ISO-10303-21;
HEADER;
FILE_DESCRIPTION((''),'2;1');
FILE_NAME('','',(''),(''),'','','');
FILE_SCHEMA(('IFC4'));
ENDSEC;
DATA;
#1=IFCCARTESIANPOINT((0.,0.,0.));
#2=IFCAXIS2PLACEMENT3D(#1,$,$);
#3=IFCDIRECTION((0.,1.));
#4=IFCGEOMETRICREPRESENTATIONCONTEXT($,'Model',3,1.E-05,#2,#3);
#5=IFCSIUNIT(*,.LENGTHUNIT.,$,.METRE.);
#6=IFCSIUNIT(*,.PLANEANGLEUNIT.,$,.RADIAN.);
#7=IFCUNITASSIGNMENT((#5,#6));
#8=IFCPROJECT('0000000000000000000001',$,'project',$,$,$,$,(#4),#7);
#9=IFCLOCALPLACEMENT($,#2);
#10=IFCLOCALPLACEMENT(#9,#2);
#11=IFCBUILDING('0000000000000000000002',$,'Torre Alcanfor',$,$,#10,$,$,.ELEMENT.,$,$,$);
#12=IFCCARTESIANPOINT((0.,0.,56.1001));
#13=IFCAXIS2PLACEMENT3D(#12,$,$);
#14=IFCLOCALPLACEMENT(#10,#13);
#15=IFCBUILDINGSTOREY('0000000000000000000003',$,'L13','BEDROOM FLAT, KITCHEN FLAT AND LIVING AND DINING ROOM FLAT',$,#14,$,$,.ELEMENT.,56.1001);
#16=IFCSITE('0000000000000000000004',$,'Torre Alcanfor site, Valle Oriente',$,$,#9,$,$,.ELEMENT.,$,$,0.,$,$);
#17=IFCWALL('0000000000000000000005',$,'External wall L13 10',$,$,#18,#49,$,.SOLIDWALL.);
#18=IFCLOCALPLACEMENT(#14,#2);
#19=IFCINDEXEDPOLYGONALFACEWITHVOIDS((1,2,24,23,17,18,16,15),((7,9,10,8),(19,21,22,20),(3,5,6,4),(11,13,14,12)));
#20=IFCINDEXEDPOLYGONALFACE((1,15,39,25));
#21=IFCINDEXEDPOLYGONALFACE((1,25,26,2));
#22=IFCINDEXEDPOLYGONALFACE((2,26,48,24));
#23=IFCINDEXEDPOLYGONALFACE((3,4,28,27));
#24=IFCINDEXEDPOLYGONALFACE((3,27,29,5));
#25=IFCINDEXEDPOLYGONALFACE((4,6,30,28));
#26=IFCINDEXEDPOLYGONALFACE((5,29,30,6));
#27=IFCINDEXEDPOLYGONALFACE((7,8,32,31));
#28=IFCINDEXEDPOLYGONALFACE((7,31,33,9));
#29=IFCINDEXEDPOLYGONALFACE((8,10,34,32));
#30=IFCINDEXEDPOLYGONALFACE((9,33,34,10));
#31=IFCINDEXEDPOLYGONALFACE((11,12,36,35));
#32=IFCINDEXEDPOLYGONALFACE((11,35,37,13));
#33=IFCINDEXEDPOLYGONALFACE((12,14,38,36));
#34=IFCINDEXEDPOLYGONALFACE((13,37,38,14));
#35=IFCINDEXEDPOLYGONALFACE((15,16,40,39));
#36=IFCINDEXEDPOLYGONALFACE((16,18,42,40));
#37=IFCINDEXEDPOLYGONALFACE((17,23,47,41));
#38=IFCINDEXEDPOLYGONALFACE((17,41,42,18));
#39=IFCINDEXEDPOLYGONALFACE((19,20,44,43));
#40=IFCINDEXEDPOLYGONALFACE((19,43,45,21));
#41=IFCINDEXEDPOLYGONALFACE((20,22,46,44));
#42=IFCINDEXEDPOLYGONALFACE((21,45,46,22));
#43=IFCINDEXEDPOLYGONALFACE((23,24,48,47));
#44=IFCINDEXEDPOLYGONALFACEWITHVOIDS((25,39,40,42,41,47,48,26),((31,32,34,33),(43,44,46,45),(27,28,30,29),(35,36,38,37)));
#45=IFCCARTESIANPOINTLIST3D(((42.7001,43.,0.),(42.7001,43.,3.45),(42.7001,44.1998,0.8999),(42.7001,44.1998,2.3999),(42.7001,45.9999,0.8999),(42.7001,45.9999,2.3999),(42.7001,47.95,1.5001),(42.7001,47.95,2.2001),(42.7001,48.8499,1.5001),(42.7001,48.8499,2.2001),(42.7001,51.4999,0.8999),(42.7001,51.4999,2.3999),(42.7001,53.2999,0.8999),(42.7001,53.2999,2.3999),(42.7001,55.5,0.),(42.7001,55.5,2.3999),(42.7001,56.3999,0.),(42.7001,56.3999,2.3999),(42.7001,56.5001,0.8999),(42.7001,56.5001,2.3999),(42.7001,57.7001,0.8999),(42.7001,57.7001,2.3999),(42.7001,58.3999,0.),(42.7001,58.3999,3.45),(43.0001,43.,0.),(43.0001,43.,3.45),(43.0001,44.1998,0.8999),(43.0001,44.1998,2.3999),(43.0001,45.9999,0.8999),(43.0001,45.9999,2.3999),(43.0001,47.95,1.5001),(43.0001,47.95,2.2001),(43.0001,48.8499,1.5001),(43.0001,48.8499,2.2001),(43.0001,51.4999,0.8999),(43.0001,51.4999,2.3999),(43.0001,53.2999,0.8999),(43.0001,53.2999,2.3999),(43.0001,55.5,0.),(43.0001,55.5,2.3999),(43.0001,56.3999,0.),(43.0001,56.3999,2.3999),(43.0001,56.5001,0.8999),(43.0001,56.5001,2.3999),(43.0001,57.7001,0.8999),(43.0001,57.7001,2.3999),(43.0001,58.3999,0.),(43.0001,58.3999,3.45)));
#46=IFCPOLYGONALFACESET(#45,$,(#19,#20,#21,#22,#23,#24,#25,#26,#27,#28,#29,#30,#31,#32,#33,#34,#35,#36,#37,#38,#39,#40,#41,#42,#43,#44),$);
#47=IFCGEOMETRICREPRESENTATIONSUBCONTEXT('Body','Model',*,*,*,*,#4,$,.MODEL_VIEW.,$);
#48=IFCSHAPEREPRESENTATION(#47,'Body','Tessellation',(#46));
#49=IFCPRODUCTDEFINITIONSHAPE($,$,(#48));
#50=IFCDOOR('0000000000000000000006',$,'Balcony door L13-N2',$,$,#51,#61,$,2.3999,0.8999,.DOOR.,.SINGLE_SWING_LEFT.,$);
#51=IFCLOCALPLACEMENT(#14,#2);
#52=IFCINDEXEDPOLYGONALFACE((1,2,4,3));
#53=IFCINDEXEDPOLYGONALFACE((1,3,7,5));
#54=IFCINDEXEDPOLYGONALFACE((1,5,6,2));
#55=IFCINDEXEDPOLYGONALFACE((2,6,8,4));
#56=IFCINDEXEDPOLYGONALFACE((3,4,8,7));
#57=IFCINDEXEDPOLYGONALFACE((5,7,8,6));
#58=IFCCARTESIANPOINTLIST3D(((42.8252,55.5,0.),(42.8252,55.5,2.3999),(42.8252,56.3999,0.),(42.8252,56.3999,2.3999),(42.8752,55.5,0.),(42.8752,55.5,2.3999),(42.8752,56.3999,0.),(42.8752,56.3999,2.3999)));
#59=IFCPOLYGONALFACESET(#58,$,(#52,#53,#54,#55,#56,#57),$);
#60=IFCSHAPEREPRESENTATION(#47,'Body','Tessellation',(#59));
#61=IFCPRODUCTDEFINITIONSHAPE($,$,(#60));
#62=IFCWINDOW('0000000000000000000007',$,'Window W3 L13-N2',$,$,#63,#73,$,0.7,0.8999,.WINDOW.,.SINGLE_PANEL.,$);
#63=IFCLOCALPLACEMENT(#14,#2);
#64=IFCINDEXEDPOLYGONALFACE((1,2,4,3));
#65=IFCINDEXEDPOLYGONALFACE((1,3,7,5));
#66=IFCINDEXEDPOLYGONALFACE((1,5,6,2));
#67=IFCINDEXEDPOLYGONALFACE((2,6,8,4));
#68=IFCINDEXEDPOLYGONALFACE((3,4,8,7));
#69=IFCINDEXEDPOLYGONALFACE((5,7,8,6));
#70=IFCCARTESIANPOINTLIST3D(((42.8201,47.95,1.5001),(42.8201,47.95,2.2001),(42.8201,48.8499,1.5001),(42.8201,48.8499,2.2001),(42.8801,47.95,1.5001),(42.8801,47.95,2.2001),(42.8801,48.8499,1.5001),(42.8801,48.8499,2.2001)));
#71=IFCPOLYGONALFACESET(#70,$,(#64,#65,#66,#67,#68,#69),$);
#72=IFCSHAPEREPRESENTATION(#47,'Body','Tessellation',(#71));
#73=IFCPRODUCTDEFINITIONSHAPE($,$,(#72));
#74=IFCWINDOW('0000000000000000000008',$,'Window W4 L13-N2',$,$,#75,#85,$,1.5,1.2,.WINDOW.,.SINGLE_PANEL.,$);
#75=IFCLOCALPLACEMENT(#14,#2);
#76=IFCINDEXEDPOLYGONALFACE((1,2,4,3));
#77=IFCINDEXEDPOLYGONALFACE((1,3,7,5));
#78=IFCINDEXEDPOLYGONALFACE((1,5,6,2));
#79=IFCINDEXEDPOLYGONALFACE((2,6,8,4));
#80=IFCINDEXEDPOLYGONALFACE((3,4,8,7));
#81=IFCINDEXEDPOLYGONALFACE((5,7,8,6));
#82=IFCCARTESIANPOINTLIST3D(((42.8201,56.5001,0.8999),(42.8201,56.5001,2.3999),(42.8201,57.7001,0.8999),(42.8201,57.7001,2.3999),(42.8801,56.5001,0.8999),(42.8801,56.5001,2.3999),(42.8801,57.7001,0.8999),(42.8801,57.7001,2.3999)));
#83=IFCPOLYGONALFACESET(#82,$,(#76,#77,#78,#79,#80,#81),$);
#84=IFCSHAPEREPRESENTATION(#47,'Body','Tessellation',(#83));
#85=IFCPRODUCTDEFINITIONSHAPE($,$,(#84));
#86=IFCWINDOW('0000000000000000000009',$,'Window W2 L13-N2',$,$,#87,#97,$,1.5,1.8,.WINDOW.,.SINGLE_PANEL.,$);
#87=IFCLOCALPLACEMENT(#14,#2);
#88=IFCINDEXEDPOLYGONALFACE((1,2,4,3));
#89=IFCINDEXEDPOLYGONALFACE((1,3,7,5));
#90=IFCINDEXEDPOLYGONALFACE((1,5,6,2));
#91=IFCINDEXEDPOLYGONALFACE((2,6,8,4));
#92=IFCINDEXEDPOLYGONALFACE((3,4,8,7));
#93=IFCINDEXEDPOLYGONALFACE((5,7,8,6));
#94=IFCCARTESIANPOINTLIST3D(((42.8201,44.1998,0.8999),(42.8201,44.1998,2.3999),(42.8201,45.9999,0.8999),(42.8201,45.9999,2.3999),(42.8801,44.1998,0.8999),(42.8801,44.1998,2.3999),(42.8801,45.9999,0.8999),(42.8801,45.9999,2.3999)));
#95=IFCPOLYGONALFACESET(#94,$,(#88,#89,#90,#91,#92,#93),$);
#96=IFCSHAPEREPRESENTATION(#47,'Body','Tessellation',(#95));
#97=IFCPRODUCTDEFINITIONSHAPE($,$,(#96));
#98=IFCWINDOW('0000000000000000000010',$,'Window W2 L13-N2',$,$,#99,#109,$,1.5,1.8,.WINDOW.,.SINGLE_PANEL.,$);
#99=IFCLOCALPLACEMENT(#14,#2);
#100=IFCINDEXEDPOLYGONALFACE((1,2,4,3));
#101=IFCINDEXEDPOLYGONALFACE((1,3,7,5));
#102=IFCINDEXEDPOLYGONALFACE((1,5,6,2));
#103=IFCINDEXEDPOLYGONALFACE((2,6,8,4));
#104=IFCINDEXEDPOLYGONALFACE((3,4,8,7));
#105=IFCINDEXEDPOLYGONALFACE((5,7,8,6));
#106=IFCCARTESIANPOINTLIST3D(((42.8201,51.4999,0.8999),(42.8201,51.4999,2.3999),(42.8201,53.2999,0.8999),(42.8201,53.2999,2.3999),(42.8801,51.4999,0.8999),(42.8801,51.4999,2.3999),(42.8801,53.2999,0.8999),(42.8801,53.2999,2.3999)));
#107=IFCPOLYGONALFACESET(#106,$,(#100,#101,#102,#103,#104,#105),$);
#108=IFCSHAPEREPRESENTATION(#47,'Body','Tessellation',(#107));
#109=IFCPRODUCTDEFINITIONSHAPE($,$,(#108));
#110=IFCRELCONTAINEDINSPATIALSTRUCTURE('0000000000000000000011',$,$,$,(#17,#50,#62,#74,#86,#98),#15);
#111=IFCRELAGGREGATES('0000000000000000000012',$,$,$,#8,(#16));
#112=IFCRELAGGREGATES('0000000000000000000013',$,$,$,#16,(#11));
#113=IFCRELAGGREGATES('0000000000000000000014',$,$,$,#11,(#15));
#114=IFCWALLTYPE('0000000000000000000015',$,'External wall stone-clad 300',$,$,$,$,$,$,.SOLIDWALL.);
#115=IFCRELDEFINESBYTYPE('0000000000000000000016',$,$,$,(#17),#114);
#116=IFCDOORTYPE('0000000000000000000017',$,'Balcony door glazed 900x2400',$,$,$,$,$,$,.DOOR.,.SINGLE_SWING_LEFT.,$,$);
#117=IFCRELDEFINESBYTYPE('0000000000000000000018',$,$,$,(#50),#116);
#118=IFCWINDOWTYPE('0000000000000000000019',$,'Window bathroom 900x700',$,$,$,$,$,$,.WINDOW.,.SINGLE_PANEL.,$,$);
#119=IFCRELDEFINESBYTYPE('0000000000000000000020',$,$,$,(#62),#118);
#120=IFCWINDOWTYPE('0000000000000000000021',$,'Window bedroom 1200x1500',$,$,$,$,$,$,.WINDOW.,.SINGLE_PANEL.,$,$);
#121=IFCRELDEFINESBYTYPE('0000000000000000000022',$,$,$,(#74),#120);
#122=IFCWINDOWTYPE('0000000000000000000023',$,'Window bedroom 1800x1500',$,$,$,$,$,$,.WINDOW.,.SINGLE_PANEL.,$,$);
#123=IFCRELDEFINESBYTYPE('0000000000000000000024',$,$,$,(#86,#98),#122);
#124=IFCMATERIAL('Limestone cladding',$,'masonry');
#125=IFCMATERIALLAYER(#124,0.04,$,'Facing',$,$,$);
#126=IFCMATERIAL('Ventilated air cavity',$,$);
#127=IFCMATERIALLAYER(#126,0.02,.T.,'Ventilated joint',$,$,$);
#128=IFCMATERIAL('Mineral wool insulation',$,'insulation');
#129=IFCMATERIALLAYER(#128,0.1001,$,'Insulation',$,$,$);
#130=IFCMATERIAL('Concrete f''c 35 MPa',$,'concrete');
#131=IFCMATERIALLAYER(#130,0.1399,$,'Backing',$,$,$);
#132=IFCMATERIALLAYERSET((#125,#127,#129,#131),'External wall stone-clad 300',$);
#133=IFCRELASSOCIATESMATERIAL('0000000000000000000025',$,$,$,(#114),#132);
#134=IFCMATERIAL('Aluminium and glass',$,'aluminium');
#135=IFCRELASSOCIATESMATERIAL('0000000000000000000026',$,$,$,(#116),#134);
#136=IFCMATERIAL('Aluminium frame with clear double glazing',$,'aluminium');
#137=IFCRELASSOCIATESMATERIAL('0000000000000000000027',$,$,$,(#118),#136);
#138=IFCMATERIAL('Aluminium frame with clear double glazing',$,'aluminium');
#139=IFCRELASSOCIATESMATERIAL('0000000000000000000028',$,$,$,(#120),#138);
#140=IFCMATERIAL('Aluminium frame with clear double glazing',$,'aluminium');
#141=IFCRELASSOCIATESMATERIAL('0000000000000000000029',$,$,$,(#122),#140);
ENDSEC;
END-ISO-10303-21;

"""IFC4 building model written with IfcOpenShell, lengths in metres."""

from ifc_helpers import new_model, si_unit, direction, frame, frame_2d, origin, place, context, subcontext, project, spatial, rectangle, extrude, material, layer, layer_set, type_object, element, fill, save


model = new_model("IFC4")

# Units and contexts
model_context = context("Model", 3, precision=1e-05, world=origin(), true_north=direction((0.0, 1.0)))
body_context = subcontext(model_context, "Body", "Model", "MODEL_VIEW")
ifc_project = project(units=[si_unit("LENGTHUNIT", "METRE"), si_unit("PLANEANGLEUNIT", "RADIAN")], contexts=[model_context])

# Site, building, storey
site_placement = place(None, origin())
site = spatial("IfcSite", under=ifc_project, at=site_placement, Name="Torre Alcanfor site, Valle Oriente", CompositionType="ELEMENT", RefElevation=0.0)
building_placement = place(site_placement, origin())
building = spatial("IfcBuilding", under=site, at=building_placement, Name="Torre Alcanfor", CompositionType="ELEMENT")
storey_placement = place(building_placement, frame((0.0, 0.0, 56.1001)))
storey = spatial("IfcBuildingStorey", under=building, at=storey_placement, Name="L13", Description="BEDROOM FLAT, KITCHEN FLAT AND LIVING AND DINING ROOM FLAT", CompositionType="ELEMENT", Elevation=56.1001)

# Wall, openings, door, windows
ifc_material_1 = material(Name="Limestone cladding", Category="masonry")
ifc_layer_1 = layer(ifc_material_1, 0.04, Name="Facing")
ifc_material_2 = material(Name="Ventilated air cavity")
ifc_layer_2 = layer(ifc_material_2, 0.02, ventilated=True, Name="Ventilated joint")
ifc_material_3 = material(Name="Mineral wool insulation", Category="insulation")
ifc_layer_3 = layer(ifc_material_3, 0.1001, Name="Insulation")
ifc_material_4 = material(Name="Concrete f'c 35 MPa", Category="concrete")
ifc_layer_4 = layer(ifc_material_4, 0.1399, Name="Backing")
ifc_layer_set_1 = layer_set([ifc_layer_1, ifc_layer_2, ifc_layer_3, ifc_layer_4], Name="External wall stone-clad 300")
wall_type_1 = type_object("IfcWallType", Name="External wall stone-clad 300", PredefinedType="SOLIDWALL", material=ifc_layer_set_1)
ifc_material_5 = material(Name="Aluminium and glass", Category="aluminium")
door_type = type_object("IfcDoorType", Name="Balcony door glazed 900x2400", OperationType="SINGLE_SWING_LEFT", PredefinedType="DOOR", material=ifc_material_5)
ifc_material_6 = material(Name="Aluminium frame with clear double glazing", Category="aluminium")
window_type_1 = type_object("IfcWindowType", Name="Window bathroom 900x700", PartitioningType="SINGLE_PANEL", PredefinedType="WINDOW", material=ifc_material_6)
ifc_material_7 = material(Name="Aluminium frame with clear double glazing", Category="aluminium")
window_type_2 = type_object("IfcWindowType", Name="Window bedroom 1200x1500", PartitioningType="SINGLE_PANEL", PredefinedType="WINDOW", material=ifc_material_7)
ifc_material_8 = material(Name="Aluminium frame with clear double glazing", Category="aluminium")
window_type_3 = type_object("IfcWindowType", Name="Window bedroom 1800x1500", PartitioningType="SINGLE_PANEL", PredefinedType="WINDOW", material=ifc_material_8)
wall_1_placement = place(storey_placement, frame((42.8501, 43.0, 0.0), z_axis=(0.0, 0.0, 1.0), x_axis=(0.0, 1.0, 0.0)))
wall_1 = element("IfcWall", 1, at=wall_1_placement, inside=storey, type_object=wall_type_1, Name="External wall L13 10", PredefinedType="SOLIDWALL", context=body_context, shape_type="SweptSolid", body=[
    extrude(rectangle(XDim=15.3999, YDim=0.3, at=frame_2d((7.7, 0.0))), origin(), (0.0, 0.0, 1.0), 3.45),
])
opening_1_placement = place(wall_1_placement, frame((1.2, 0.0, 0.8999)))
opening_1 = element("IfcOpeningElement", 2, at=opening_1_placement, cuts=wall_1, PredefinedType="OPENING", context=body_context, shape_type="SweptSolid", body=[
    extrude(rectangle(XDim=1.8, YDim=1.5, at=frame_2d((0.8999, 0.75))), frame((0.0, 0.1599, 0.0), z_axis=(0.0, -1.0, 0.0), x_axis=(1.0, 0.0, 0.0)), (0.0, 0.0, 1.0), 0.3201),
])
opening_2_placement = place(wall_1_placement, frame((4.95, 0.0, 1.5)))
opening_2 = element("IfcOpeningElement", 3, at=opening_2_placement, cuts=wall_1, PredefinedType="OPENING", context=body_context, shape_type="SweptSolid", body=[
    extrude(rectangle(XDim=0.8999, YDim=0.7, at=frame_2d((0.45, 0.3501))), frame((0.0, 0.1599, 0.0), z_axis=(0.0, -1.0, 0.0), x_axis=(1.0, 0.0, 0.0)), (0.0, 0.0, 1.0), 0.3201),
])
opening_3_placement = place(wall_1_placement, frame((8.5, 0.0, 0.8999)))
opening_3 = element("IfcOpeningElement", 4, at=opening_3_placement, cuts=wall_1, PredefinedType="OPENING", context=body_context, shape_type="SweptSolid", body=[
    extrude(rectangle(XDim=1.8, YDim=1.5, at=frame_2d((0.8999, 0.75))), frame((0.0, 0.1599, 0.0), z_axis=(0.0, -1.0, 0.0), x_axis=(1.0, 0.0, 0.0)), (0.0, 0.0, 1.0), 0.3201),
])
opening_4_placement = place(wall_1_placement, frame((12.5, 0.0, 0.0)))
opening_4 = element("IfcOpeningElement", 5, at=opening_4_placement, cuts=wall_1, PredefinedType="OPENING", context=body_context, shape_type="SweptSolid", body=[
    extrude(rectangle(XDim=0.8999, YDim=2.3999, at=frame_2d((0.45, 1.2))), frame((0.0, 0.1599, 0.0), z_axis=(0.0, -1.0, 0.0), x_axis=(1.0, 0.0, 0.0)), (0.0, 0.0, 1.0), 0.3201),
])
opening_5_placement = place(wall_1_placement, frame((13.5, 0.0, 0.8999)))
opening_5 = element("IfcOpeningElement", 6, at=opening_5_placement, cuts=wall_1, PredefinedType="OPENING", context=body_context, shape_type="SweptSolid", body=[
    extrude(rectangle(XDim=1.2, YDim=1.5, at=frame_2d((0.6001, 0.75))), frame((0.0, 0.1599, 0.0), z_axis=(0.0, -1.0, 0.0), x_axis=(1.0, 0.0, 0.0)), (0.0, 0.0, 1.0), 0.3201),
])
door_1_placement = place(opening_4_placement, origin())
door_1 = element("IfcDoor", 7, at=door_1_placement, inside=storey, type_object=door_type, Name="Balcony door L13-N2", OperationType="SINGLE_SWING_LEFT", OverallHeight=2.3999, OverallWidth=0.8999, PredefinedType="DOOR", context=body_context, shape_type="SweptSolid", body=[
    extrude(rectangle(XDim=0.8999, YDim=2.3999, at=frame_2d((0.45, 1.2))), frame((0.0, 0.0249, 0.0), z_axis=(0.0, -1.0, 0.0), x_axis=(1.0, 0.0, 0.0)), (0.0, 0.0, 1.0), 0.05),
])
fill(opening_4, door_1)
window_1_placement = place(opening_2_placement, origin())
window_1 = element("IfcWindow", 8, at=window_1_placement, inside=storey, type_object=window_type_1, Name="Window W3 L13-N2", OverallHeight=0.7, OverallWidth=0.8999, PartitioningType="SINGLE_PANEL", PredefinedType="WINDOW", context=body_context, shape_type="SweptSolid", body=[
    extrude(rectangle(XDim=0.8999, YDim=0.7, at=frame_2d((0.45, 0.3501))), frame((0.0, 0.03, 0.0), z_axis=(0.0, -1.0, 0.0), x_axis=(1.0, 0.0, 0.0)), (0.0, 0.0, 1.0), 0.0601),
])
fill(opening_2, window_1)
window_2_placement = place(opening_5_placement, origin())
window_2 = element("IfcWindow", 9, at=window_2_placement, inside=storey, type_object=window_type_2, Name="Window W4 L13-N2", OverallHeight=1.5, OverallWidth=1.2, PartitioningType="SINGLE_PANEL", PredefinedType="WINDOW", context=body_context, shape_type="SweptSolid", body=[
    extrude(rectangle(XDim=1.2, YDim=1.5, at=frame_2d((0.6001, 0.75))), frame((0.0, 0.03, 0.0), z_axis=(0.0, -1.0, 0.0), x_axis=(1.0, 0.0, 0.0)), (0.0, 0.0, 1.0), 0.0601),
])
fill(opening_5, window_2)
window_3_placement = place(opening_1_placement, origin())
window_3 = element("IfcWindow", 10, at=window_3_placement, inside=storey, type_object=window_type_3, Name="Window W2 L13-N2", OverallHeight=1.5, OverallWidth=1.8, PartitioningType="SINGLE_PANEL", PredefinedType="WINDOW", context=body_context, shape_type="SweptSolid", body=[
    extrude(rectangle(XDim=1.8, YDim=1.5, at=frame_2d((0.8999, 0.75))), frame((0.0, 0.03, 0.0), z_axis=(0.0, -1.0, 0.0), x_axis=(1.0, 0.0, 0.0)), (0.0, 0.0, 1.0), 0.0601),
])
fill(opening_1, window_3)
window_4_placement = place(opening_3_placement, origin())
window_4 = element("IfcWindow", 11, at=window_4_placement, inside=storey, type_object=window_type_3, Name="Window W2 L13-N2", OverallHeight=1.5, OverallWidth=1.8, PartitioningType="SINGLE_PANEL", PredefinedType="WINDOW", context=body_context, shape_type="SweptSolid", body=[
    extrude(rectangle(XDim=1.8, YDim=1.5, at=frame_2d((0.8999, 0.75))), frame((0.0, 0.03, 0.0), z_axis=(0.0, -1.0, 0.0), x_axis=(1.0, 0.0, 0.0)), (0.0, 0.0, 1.0), 0.0601),
])
fill(opening_3, window_4)

save(model, "model.ifc")
